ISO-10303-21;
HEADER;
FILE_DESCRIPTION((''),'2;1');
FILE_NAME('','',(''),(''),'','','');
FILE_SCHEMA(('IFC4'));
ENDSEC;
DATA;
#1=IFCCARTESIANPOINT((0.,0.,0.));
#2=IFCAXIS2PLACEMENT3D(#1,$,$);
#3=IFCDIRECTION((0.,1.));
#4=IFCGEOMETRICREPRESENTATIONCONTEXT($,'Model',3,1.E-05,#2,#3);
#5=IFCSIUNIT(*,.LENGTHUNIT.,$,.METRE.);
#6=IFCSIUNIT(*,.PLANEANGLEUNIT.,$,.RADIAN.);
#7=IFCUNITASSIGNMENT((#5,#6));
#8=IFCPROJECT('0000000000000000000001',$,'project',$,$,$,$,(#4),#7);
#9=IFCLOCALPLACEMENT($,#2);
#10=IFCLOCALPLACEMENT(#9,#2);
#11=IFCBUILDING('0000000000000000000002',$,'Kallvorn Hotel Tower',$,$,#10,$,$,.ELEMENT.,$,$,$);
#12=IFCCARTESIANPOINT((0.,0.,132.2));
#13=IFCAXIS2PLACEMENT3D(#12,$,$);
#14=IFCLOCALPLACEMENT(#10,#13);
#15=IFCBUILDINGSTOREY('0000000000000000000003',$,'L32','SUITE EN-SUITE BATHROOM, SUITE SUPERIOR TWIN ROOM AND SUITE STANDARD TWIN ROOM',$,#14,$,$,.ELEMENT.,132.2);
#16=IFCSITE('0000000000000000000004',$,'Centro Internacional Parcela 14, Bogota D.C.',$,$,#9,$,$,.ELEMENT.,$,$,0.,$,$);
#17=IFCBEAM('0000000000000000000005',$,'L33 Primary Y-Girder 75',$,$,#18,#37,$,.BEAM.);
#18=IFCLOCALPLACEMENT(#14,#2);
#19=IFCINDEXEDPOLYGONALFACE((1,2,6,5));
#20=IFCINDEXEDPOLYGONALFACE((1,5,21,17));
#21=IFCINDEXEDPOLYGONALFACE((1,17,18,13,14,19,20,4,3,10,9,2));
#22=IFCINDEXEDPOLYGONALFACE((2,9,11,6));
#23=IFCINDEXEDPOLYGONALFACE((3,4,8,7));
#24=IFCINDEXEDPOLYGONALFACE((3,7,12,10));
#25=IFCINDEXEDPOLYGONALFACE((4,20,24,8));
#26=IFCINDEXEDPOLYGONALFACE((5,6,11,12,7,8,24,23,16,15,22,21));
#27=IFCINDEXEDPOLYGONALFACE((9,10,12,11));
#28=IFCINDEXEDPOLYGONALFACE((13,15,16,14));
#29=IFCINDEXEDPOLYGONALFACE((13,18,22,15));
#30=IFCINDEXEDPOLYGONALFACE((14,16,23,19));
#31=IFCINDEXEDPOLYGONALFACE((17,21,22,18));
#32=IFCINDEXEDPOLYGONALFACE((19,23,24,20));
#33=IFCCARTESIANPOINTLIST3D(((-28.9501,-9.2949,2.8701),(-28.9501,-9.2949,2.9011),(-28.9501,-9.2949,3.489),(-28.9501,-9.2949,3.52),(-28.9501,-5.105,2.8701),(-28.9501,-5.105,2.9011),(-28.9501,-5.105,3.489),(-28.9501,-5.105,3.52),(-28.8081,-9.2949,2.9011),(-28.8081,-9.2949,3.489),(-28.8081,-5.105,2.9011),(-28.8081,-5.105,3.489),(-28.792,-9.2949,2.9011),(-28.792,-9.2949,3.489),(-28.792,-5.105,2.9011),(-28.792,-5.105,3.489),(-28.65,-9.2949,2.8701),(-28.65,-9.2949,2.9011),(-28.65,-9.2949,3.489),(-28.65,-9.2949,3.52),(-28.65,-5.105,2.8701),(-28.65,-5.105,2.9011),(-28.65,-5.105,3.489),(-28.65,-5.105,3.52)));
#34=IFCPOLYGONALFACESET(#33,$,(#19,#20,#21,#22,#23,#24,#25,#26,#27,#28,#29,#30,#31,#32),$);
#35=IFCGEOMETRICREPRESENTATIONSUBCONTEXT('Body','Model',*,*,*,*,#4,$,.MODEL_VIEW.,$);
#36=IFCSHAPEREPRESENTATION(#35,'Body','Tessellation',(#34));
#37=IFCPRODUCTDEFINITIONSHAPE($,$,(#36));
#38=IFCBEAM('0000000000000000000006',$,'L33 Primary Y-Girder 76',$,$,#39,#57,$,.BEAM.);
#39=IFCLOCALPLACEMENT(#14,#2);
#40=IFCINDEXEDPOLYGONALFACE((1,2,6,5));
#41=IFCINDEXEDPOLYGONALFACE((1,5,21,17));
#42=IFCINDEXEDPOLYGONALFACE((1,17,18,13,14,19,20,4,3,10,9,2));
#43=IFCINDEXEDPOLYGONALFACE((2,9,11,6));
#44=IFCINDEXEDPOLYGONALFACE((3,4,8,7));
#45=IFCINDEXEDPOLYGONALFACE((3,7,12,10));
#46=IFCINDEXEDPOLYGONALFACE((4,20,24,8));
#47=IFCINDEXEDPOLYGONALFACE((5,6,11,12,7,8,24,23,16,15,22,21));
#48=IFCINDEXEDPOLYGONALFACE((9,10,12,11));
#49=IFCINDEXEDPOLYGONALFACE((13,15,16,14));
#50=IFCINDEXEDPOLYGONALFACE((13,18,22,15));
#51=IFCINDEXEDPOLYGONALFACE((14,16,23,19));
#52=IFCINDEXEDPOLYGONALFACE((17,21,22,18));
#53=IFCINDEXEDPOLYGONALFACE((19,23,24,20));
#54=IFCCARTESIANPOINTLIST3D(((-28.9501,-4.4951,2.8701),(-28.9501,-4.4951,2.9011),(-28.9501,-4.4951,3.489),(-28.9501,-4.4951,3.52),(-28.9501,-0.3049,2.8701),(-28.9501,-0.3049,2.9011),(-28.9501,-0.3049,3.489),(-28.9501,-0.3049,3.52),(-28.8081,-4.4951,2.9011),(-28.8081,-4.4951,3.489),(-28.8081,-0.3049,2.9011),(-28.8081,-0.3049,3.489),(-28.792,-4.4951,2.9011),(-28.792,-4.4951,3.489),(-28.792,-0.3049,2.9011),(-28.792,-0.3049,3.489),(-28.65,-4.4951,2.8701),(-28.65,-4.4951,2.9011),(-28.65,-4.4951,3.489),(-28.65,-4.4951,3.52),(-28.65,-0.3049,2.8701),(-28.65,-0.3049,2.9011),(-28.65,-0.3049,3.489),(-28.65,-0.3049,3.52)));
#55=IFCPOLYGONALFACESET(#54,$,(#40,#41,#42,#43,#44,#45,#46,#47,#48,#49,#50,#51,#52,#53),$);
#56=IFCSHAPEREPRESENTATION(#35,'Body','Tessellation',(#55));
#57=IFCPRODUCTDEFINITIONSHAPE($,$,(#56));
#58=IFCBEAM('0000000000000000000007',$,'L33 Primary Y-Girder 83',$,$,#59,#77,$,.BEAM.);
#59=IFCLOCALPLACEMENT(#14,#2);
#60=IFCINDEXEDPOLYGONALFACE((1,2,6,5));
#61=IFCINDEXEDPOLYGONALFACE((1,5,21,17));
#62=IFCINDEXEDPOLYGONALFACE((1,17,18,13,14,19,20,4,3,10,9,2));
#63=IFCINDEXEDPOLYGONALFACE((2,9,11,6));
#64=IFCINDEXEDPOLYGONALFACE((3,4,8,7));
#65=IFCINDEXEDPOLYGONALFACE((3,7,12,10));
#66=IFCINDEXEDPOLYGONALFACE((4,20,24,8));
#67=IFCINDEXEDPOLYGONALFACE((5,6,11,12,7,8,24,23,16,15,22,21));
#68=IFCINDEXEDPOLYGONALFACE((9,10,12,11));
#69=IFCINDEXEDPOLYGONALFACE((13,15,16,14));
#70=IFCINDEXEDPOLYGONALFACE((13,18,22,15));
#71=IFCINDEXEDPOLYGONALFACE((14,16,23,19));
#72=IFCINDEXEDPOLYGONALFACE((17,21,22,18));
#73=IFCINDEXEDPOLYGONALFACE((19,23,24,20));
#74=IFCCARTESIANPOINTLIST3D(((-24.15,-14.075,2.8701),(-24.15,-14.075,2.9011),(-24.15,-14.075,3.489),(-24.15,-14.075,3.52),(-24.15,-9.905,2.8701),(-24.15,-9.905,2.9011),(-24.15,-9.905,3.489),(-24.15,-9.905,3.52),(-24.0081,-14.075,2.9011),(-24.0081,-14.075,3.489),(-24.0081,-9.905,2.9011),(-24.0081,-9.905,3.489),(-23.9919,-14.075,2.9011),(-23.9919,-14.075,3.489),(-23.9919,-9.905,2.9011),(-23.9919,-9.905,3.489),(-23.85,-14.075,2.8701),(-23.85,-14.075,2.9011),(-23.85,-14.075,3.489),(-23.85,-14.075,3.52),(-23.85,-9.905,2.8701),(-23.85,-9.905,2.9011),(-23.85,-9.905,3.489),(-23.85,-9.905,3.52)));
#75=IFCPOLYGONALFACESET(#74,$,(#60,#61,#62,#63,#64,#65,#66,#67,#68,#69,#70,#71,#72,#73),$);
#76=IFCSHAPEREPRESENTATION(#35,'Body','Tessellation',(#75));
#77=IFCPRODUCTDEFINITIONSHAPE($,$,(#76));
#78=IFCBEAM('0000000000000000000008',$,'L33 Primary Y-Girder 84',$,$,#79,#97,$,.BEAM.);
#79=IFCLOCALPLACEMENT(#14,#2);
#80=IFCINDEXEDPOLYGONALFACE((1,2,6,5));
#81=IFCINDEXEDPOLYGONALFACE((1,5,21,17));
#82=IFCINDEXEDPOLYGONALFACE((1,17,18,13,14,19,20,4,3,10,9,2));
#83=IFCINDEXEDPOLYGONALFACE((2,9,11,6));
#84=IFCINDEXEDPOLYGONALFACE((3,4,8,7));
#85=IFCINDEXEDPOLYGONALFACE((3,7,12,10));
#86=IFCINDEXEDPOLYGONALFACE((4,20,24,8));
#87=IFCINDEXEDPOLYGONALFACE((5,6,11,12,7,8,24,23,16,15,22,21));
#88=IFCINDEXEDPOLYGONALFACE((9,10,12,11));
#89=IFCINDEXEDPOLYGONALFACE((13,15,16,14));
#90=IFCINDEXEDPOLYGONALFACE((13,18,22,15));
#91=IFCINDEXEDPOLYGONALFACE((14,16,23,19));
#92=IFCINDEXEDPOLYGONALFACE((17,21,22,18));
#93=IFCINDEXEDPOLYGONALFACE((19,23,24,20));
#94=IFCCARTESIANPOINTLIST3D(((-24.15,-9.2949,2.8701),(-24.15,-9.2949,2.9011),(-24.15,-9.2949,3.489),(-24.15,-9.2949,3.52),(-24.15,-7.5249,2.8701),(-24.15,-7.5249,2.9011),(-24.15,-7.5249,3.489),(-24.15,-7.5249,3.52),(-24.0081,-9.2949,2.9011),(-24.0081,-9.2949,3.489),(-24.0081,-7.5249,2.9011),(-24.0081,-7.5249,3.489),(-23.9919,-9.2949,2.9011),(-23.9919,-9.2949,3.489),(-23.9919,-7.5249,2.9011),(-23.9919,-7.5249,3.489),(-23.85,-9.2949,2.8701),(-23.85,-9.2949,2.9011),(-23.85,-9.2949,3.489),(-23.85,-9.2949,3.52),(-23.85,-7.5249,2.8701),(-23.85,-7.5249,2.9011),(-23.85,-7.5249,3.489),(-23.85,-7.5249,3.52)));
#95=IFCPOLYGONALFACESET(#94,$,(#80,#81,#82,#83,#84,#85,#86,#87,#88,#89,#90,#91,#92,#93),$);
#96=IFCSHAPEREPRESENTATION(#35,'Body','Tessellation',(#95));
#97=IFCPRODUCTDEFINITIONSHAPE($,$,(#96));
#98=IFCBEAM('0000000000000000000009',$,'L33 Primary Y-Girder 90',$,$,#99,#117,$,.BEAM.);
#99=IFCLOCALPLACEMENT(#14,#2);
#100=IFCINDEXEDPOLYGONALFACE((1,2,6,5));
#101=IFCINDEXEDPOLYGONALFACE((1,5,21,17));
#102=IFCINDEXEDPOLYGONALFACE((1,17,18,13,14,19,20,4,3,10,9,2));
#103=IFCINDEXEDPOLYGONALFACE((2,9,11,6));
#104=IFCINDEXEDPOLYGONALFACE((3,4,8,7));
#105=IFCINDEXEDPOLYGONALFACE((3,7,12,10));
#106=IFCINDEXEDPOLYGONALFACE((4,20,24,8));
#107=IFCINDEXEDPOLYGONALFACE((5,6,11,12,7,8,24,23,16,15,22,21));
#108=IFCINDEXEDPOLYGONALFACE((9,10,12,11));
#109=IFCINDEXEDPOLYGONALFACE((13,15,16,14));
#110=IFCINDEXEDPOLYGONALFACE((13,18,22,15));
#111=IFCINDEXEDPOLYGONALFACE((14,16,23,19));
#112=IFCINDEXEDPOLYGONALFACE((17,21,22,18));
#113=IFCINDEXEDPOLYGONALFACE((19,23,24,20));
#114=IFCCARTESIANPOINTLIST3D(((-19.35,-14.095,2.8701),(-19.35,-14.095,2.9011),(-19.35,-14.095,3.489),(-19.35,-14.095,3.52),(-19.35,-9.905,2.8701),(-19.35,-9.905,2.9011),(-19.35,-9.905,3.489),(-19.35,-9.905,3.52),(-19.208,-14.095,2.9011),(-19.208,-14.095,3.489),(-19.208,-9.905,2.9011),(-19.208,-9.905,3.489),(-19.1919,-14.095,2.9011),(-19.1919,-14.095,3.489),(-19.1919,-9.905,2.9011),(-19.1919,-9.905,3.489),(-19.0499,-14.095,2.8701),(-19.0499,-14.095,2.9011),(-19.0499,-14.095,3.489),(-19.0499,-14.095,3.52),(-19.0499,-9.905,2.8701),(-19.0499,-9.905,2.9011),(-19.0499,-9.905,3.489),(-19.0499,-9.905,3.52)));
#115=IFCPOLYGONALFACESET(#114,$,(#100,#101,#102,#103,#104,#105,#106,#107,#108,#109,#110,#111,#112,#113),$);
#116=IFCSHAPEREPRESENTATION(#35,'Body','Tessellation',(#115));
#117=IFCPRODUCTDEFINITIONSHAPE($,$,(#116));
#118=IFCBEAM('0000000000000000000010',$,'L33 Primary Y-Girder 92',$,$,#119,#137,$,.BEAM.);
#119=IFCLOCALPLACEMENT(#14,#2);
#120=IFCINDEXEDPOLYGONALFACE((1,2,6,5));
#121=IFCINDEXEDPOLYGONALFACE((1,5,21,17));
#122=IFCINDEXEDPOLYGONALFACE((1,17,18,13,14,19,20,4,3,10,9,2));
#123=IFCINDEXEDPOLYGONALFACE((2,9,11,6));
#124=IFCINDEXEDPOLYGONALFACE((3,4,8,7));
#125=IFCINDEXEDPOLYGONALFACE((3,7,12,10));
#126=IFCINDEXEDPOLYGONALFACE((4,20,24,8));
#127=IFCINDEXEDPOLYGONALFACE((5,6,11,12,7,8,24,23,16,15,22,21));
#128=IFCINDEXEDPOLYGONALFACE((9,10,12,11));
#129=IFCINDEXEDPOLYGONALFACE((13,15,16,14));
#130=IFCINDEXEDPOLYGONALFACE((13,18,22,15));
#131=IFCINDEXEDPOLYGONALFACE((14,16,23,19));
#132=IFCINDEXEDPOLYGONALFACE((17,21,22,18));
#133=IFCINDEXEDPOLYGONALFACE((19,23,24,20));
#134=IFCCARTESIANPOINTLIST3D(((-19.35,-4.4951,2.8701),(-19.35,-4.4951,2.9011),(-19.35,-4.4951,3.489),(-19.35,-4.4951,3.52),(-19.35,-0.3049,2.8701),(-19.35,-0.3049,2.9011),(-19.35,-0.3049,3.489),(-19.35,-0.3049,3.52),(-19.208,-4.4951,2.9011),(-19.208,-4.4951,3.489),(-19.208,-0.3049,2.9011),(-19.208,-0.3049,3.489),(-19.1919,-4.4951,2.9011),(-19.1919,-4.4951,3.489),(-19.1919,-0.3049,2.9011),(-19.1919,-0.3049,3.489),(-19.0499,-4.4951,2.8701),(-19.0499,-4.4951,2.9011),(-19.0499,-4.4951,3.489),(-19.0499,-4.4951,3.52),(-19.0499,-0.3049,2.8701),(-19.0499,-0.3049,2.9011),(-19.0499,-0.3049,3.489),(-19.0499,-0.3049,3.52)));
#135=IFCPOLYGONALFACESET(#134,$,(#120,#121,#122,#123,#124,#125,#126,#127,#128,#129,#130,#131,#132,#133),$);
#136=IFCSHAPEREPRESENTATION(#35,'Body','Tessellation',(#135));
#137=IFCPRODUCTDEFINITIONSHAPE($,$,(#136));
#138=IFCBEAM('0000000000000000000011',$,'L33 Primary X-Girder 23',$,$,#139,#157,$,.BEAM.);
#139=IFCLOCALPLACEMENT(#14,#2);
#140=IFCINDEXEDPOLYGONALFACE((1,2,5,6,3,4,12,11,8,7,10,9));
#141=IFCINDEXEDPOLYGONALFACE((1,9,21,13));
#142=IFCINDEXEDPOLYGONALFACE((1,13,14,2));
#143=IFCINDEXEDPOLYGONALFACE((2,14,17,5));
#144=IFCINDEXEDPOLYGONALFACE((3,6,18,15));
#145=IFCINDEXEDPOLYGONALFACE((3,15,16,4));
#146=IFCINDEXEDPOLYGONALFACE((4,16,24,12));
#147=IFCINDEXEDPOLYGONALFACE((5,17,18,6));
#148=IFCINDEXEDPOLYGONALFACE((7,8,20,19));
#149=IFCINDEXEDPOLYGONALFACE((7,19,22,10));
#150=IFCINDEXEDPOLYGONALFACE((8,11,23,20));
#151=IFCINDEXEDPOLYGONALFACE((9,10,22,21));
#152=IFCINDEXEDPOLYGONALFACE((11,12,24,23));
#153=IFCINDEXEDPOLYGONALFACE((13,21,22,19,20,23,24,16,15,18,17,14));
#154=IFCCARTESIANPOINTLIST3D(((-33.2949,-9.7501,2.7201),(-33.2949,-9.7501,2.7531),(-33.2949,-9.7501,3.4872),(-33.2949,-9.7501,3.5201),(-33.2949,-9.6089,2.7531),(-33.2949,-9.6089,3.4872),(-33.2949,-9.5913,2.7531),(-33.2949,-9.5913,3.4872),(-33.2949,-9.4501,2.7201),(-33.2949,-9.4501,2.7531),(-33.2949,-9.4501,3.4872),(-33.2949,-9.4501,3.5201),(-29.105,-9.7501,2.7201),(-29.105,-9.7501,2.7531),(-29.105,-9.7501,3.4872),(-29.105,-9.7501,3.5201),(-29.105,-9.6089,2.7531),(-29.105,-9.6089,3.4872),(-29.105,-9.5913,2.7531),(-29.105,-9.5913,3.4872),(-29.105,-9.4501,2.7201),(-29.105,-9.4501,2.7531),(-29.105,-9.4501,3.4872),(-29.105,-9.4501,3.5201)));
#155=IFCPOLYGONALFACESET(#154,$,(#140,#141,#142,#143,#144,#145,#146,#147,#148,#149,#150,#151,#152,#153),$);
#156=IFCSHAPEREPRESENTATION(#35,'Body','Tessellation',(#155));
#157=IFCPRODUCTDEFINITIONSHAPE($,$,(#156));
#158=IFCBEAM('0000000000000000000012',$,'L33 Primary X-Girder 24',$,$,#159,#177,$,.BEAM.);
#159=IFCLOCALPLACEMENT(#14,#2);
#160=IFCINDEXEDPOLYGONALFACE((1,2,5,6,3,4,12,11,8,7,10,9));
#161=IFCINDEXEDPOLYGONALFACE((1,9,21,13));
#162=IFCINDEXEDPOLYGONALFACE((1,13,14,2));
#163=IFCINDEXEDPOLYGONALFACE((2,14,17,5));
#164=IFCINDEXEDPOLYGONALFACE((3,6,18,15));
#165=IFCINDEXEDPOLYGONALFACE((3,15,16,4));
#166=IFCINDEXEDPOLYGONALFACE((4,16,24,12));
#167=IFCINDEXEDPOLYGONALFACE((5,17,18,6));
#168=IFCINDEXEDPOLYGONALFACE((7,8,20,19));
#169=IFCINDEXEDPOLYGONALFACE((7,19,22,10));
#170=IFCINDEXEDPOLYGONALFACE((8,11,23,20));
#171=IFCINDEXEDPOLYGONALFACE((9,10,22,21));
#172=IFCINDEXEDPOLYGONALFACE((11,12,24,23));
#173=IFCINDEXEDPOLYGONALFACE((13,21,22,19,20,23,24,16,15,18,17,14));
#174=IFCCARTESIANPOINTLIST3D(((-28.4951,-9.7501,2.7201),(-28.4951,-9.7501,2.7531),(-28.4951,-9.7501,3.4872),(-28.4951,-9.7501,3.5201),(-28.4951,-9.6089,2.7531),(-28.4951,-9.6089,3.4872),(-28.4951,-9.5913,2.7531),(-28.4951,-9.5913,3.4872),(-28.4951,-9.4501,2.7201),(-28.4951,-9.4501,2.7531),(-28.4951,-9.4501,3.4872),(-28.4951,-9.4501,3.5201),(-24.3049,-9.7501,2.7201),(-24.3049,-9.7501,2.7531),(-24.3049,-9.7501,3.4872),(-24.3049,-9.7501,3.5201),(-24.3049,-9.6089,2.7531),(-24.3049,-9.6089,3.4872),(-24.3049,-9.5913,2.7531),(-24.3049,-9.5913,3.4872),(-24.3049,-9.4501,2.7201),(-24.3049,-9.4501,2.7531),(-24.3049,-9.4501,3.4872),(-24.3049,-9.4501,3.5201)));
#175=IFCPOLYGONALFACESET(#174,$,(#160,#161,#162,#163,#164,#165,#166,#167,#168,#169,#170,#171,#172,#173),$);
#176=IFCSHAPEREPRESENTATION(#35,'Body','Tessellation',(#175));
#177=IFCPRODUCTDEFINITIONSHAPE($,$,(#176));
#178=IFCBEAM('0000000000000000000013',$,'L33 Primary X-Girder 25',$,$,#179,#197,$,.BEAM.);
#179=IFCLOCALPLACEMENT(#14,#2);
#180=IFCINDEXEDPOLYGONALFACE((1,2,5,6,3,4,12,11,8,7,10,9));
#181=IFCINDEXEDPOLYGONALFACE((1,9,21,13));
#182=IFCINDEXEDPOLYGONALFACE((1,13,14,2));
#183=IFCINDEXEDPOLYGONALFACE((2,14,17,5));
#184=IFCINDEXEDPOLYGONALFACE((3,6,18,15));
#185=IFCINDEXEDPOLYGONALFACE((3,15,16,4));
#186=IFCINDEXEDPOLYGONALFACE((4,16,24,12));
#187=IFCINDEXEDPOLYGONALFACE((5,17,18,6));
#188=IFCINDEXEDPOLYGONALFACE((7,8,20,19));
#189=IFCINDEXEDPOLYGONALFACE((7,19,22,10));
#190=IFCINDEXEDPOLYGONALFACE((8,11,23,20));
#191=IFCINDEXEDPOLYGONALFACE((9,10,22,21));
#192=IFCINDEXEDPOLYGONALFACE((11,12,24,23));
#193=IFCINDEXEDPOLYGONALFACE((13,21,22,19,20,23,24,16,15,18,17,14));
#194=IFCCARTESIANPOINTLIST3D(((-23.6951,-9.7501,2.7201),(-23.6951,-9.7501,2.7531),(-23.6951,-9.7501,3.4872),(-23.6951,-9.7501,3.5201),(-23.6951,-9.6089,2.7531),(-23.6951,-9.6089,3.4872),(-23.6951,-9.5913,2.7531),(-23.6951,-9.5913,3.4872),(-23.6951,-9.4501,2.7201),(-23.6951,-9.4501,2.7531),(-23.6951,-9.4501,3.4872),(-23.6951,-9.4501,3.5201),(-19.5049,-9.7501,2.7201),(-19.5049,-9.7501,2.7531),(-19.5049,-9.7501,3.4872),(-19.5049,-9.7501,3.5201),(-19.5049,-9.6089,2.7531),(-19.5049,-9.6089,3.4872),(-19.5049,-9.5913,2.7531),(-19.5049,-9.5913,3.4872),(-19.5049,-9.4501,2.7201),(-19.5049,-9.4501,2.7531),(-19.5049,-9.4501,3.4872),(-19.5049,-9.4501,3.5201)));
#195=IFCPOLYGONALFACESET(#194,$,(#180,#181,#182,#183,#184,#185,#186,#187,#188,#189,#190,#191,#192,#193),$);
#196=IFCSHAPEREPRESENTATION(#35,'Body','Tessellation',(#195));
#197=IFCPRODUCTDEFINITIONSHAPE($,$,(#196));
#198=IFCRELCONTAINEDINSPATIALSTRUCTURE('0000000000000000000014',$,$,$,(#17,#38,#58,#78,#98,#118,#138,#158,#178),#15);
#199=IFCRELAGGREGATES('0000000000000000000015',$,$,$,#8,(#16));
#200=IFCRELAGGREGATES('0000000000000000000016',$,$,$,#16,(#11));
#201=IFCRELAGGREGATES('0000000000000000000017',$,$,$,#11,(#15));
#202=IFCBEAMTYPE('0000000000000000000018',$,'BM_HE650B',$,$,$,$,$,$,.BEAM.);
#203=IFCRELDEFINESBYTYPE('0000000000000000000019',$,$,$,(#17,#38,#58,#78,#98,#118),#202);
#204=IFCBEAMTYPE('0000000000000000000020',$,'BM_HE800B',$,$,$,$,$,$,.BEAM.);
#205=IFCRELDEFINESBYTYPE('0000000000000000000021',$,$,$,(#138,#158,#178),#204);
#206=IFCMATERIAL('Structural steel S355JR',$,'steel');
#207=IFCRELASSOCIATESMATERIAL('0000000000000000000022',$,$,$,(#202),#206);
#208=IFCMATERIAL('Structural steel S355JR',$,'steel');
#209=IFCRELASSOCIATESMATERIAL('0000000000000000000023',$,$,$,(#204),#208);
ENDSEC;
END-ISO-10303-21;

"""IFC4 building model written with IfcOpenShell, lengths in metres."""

from ifc_helpers import new_model, si_unit, direction, frame, origin, origin_2d, place, context, subcontext, project, spatial, i_section, extrude, material, material_profile, profile_set, type_object, element, save


model = new_model("IFC4")

# Units and contexts
model_context = context("Model", 3, precision=1e-05, world=origin(), true_north=direction((0.0, 1.0)))
body_context = subcontext(model_context, "Body", "Model", "MODEL_VIEW")
ifc_project = project(units=[si_unit("LENGTHUNIT", "METRE"), si_unit("PLANEANGLEUNIT", "RADIAN")], contexts=[model_context])

# Site, building, storey
site_placement = place(None, origin())
site = spatial("IfcSite", under=ifc_project, at=site_placement, Name="Centro Internacional Parcela 14, Bogota D.C.", CompositionType="ELEMENT", RefElevation=0.0)
building_placement = place(site_placement, origin())
building = spatial("IfcBuilding", under=site, at=building_placement, Name="Kallvorn Hotel Tower", CompositionType="ELEMENT")
storey_placement = place(building_placement, frame((0.0, 0.0, 132.2)))
storey = spatial("IfcBuildingStorey", under=building, at=storey_placement, Name="L32", Description="SUITE EN-SUITE BATHROOM, SUITE SUPERIOR TWIN ROOM AND SUITE STANDARD TWIN ROOM", CompositionType="ELEMENT", Elevation=132.2)

# Beams
ifc_material_1 = material(Name="Structural steel S355JR", Category="steel")
ifc_material_profile_1 = material_profile(ifc_material_1, i_section(OverallWidth=0.3, OverallDepth=0.6499, WebThickness=0.0161, FlangeThickness=0.031, at=origin_2d()), Name="HE 650 B")
ifc_profile_set_1 = profile_set([ifc_material_profile_1], Name="Structural steel S355JR")
beam_type_1 = type_object("IfcBeamType", Name="BM_HE650B", PredefinedType="BEAM", material=ifc_profile_set_1)
for number, where, z_axis, x_axis, name in (
    (1, (-28.8, -9.2949, 3.1951), (0.0, 1.0, 0.0), (-1.0, 0.0, 0.0), "L33 Primary Y-Girder 75"),
):
    element("IfcBeam", number, at=place(storey_placement, frame(where, z_axis=z_axis, x_axis=x_axis)), inside=storey, type_object=beam_type_1, Name=name, PredefinedType="BEAM", context=body_context, shape_type="SweptSolid", body=[
        extrude(i_section(OverallWidth=0.3, OverallDepth=0.6499, WebThickness=0.0161, FlangeThickness=0.031, at=origin_2d()), origin(), (0.0, 0.0, 1.0), 4.1899),
    ])
beam_1_placement = place(storey_placement, frame((-28.8, -4.4951, 3.1951), z_axis=(0.0, 1.0, 0.0), x_axis=(-1.0, 0.0, 0.0)))
element("IfcBeam", 2, at=beam_1_placement, inside=storey, type_object=beam_type_1, Name="L33 Primary Y-Girder 76", PredefinedType="BEAM", context=body_context, shape_type="SweptSolid", body=[
    extrude(i_section(OverallWidth=0.3, OverallDepth=0.6499, WebThickness=0.0161, FlangeThickness=0.031, at=origin_2d()), origin(), (0.0, 0.0, 1.0), 4.1902),
])
beam_2_placement = place(storey_placement, frame((-24.0, -14.075, 3.1951), z_axis=(0.0, 1.0, 0.0), x_axis=(-1.0, 0.0, 0.0)))
element("IfcBeam", 3, at=beam_2_placement, inside=storey, type_object=beam_type_1, Name="L33 Primary Y-Girder 83", PredefinedType="BEAM", context=body_context, shape_type="SweptSolid", body=[
    extrude(i_section(OverallWidth=0.3, OverallDepth=0.6499, WebThickness=0.0161, FlangeThickness=0.031, at=origin_2d()), origin(), (0.0, 0.0, 1.0), 4.1699),
])
beam_3_placement = place(storey_placement, frame((-24.0, -9.2949, 3.1951), z_axis=(0.0, 1.0, 0.0), x_axis=(-1.0, 0.0, 0.0)))
element("IfcBeam", 4, at=beam_3_placement, inside=storey, type_object=beam_type_1, Name="L33 Primary Y-Girder 84", PredefinedType="BEAM", context=body_context, shape_type="SweptSolid", body=[
    extrude(i_section(OverallWidth=0.3, OverallDepth=0.6499, WebThickness=0.0161, FlangeThickness=0.031, at=origin_2d()), origin(), (0.0, 0.0, 1.0), 1.77),
])
beam_4_placement = place(storey_placement, frame((-19.2, -14.095, 3.1951), z_axis=(0.0, 1.0, 0.0), x_axis=(-1.0, 0.0, 0.0)))
element("IfcBeam", 5, at=beam_4_placement, inside=storey, type_object=beam_type_1, Name="L33 Primary Y-Girder 90", PredefinedType="BEAM", context=body_context, shape_type="SweptSolid", body=[
    extrude(i_section(OverallWidth=0.3, OverallDepth=0.6499, WebThickness=0.0161, FlangeThickness=0.031, at=origin_2d()), origin(), (0.0, 0.0, 1.0), 4.1899),
])
beam_5_placement = place(storey_placement, frame((-19.2, -4.4951, 3.1951), z_axis=(0.0, 1.0, 0.0), x_axis=(-1.0, 0.0, 0.0)))
element("IfcBeam", 6, at=beam_5_placement, inside=storey, type_object=beam_type_1, Name="L33 Primary Y-Girder 92", PredefinedType="BEAM", context=body_context, shape_type="SweptSolid", body=[
    extrude(i_section(OverallWidth=0.3, OverallDepth=0.6499, WebThickness=0.0161, FlangeThickness=0.031, at=origin_2d()), origin(), (0.0, 0.0, 1.0), 4.1902),
])
ifc_material_2 = material(Name="Structural steel S355JR", Category="steel")
ifc_material_profile_2 = material_profile(ifc_material_2, i_section(OverallWidth=0.3, OverallDepth=0.8, WebThickness=0.0176, FlangeThickness=0.033, at=origin_2d()), Name="HE 800 B")
ifc_profile_set_2 = profile_set([ifc_material_profile_2], Name="Structural steel S355JR")
beam_type_2 = type_object("IfcBeamType", Name="BM_HE800B", PredefinedType="BEAM", material=ifc_profile_set_2)
beam_6_placement = place(storey_placement, frame((-33.2949, -9.6001, 3.1201), z_axis=(1.0, 0.0, 0.0), x_axis=(0.0, 1.0, 0.0)))
element("IfcBeam", 7, at=beam_6_placement, inside=storey, type_object=beam_type_2, Name="L33 Primary X-Girder 23", PredefinedType="BEAM", context=body_context, shape_type="SweptSolid", body=[
    extrude(i_section(OverallWidth=0.3, OverallDepth=0.8, WebThickness=0.0176, FlangeThickness=0.033, at=origin_2d()), origin(), (0.0, 0.0, 1.0), 4.1899),
])
for number, where, z_axis, x_axis, name in (
    (8, (-28.4951, -9.6001, 3.1201), (1.0, 0.0, 0.0), (0.0, 1.0, 0.0), "L33 Primary X-Girder 24"),
    (9, (-23.6951, -9.6001, 3.1201), (1.0, 0.0, 0.0), (0.0, 1.0, 0.0), "L33 Primary X-Girder 25"),
):
    element("IfcBeam", number, at=place(storey_placement, frame(where, z_axis=z_axis, x_axis=x_axis)), inside=storey, type_object=beam_type_2, Name=name, PredefinedType="BEAM", context=body_context, shape_type="SweptSolid", body=[
        extrude(i_section(OverallWidth=0.3, OverallDepth=0.8, WebThickness=0.0176, FlangeThickness=0.033, at=origin_2d()), origin(), (0.0, 0.0, 1.0), 4.1902),
    ])

save(model, "model.ifc")
